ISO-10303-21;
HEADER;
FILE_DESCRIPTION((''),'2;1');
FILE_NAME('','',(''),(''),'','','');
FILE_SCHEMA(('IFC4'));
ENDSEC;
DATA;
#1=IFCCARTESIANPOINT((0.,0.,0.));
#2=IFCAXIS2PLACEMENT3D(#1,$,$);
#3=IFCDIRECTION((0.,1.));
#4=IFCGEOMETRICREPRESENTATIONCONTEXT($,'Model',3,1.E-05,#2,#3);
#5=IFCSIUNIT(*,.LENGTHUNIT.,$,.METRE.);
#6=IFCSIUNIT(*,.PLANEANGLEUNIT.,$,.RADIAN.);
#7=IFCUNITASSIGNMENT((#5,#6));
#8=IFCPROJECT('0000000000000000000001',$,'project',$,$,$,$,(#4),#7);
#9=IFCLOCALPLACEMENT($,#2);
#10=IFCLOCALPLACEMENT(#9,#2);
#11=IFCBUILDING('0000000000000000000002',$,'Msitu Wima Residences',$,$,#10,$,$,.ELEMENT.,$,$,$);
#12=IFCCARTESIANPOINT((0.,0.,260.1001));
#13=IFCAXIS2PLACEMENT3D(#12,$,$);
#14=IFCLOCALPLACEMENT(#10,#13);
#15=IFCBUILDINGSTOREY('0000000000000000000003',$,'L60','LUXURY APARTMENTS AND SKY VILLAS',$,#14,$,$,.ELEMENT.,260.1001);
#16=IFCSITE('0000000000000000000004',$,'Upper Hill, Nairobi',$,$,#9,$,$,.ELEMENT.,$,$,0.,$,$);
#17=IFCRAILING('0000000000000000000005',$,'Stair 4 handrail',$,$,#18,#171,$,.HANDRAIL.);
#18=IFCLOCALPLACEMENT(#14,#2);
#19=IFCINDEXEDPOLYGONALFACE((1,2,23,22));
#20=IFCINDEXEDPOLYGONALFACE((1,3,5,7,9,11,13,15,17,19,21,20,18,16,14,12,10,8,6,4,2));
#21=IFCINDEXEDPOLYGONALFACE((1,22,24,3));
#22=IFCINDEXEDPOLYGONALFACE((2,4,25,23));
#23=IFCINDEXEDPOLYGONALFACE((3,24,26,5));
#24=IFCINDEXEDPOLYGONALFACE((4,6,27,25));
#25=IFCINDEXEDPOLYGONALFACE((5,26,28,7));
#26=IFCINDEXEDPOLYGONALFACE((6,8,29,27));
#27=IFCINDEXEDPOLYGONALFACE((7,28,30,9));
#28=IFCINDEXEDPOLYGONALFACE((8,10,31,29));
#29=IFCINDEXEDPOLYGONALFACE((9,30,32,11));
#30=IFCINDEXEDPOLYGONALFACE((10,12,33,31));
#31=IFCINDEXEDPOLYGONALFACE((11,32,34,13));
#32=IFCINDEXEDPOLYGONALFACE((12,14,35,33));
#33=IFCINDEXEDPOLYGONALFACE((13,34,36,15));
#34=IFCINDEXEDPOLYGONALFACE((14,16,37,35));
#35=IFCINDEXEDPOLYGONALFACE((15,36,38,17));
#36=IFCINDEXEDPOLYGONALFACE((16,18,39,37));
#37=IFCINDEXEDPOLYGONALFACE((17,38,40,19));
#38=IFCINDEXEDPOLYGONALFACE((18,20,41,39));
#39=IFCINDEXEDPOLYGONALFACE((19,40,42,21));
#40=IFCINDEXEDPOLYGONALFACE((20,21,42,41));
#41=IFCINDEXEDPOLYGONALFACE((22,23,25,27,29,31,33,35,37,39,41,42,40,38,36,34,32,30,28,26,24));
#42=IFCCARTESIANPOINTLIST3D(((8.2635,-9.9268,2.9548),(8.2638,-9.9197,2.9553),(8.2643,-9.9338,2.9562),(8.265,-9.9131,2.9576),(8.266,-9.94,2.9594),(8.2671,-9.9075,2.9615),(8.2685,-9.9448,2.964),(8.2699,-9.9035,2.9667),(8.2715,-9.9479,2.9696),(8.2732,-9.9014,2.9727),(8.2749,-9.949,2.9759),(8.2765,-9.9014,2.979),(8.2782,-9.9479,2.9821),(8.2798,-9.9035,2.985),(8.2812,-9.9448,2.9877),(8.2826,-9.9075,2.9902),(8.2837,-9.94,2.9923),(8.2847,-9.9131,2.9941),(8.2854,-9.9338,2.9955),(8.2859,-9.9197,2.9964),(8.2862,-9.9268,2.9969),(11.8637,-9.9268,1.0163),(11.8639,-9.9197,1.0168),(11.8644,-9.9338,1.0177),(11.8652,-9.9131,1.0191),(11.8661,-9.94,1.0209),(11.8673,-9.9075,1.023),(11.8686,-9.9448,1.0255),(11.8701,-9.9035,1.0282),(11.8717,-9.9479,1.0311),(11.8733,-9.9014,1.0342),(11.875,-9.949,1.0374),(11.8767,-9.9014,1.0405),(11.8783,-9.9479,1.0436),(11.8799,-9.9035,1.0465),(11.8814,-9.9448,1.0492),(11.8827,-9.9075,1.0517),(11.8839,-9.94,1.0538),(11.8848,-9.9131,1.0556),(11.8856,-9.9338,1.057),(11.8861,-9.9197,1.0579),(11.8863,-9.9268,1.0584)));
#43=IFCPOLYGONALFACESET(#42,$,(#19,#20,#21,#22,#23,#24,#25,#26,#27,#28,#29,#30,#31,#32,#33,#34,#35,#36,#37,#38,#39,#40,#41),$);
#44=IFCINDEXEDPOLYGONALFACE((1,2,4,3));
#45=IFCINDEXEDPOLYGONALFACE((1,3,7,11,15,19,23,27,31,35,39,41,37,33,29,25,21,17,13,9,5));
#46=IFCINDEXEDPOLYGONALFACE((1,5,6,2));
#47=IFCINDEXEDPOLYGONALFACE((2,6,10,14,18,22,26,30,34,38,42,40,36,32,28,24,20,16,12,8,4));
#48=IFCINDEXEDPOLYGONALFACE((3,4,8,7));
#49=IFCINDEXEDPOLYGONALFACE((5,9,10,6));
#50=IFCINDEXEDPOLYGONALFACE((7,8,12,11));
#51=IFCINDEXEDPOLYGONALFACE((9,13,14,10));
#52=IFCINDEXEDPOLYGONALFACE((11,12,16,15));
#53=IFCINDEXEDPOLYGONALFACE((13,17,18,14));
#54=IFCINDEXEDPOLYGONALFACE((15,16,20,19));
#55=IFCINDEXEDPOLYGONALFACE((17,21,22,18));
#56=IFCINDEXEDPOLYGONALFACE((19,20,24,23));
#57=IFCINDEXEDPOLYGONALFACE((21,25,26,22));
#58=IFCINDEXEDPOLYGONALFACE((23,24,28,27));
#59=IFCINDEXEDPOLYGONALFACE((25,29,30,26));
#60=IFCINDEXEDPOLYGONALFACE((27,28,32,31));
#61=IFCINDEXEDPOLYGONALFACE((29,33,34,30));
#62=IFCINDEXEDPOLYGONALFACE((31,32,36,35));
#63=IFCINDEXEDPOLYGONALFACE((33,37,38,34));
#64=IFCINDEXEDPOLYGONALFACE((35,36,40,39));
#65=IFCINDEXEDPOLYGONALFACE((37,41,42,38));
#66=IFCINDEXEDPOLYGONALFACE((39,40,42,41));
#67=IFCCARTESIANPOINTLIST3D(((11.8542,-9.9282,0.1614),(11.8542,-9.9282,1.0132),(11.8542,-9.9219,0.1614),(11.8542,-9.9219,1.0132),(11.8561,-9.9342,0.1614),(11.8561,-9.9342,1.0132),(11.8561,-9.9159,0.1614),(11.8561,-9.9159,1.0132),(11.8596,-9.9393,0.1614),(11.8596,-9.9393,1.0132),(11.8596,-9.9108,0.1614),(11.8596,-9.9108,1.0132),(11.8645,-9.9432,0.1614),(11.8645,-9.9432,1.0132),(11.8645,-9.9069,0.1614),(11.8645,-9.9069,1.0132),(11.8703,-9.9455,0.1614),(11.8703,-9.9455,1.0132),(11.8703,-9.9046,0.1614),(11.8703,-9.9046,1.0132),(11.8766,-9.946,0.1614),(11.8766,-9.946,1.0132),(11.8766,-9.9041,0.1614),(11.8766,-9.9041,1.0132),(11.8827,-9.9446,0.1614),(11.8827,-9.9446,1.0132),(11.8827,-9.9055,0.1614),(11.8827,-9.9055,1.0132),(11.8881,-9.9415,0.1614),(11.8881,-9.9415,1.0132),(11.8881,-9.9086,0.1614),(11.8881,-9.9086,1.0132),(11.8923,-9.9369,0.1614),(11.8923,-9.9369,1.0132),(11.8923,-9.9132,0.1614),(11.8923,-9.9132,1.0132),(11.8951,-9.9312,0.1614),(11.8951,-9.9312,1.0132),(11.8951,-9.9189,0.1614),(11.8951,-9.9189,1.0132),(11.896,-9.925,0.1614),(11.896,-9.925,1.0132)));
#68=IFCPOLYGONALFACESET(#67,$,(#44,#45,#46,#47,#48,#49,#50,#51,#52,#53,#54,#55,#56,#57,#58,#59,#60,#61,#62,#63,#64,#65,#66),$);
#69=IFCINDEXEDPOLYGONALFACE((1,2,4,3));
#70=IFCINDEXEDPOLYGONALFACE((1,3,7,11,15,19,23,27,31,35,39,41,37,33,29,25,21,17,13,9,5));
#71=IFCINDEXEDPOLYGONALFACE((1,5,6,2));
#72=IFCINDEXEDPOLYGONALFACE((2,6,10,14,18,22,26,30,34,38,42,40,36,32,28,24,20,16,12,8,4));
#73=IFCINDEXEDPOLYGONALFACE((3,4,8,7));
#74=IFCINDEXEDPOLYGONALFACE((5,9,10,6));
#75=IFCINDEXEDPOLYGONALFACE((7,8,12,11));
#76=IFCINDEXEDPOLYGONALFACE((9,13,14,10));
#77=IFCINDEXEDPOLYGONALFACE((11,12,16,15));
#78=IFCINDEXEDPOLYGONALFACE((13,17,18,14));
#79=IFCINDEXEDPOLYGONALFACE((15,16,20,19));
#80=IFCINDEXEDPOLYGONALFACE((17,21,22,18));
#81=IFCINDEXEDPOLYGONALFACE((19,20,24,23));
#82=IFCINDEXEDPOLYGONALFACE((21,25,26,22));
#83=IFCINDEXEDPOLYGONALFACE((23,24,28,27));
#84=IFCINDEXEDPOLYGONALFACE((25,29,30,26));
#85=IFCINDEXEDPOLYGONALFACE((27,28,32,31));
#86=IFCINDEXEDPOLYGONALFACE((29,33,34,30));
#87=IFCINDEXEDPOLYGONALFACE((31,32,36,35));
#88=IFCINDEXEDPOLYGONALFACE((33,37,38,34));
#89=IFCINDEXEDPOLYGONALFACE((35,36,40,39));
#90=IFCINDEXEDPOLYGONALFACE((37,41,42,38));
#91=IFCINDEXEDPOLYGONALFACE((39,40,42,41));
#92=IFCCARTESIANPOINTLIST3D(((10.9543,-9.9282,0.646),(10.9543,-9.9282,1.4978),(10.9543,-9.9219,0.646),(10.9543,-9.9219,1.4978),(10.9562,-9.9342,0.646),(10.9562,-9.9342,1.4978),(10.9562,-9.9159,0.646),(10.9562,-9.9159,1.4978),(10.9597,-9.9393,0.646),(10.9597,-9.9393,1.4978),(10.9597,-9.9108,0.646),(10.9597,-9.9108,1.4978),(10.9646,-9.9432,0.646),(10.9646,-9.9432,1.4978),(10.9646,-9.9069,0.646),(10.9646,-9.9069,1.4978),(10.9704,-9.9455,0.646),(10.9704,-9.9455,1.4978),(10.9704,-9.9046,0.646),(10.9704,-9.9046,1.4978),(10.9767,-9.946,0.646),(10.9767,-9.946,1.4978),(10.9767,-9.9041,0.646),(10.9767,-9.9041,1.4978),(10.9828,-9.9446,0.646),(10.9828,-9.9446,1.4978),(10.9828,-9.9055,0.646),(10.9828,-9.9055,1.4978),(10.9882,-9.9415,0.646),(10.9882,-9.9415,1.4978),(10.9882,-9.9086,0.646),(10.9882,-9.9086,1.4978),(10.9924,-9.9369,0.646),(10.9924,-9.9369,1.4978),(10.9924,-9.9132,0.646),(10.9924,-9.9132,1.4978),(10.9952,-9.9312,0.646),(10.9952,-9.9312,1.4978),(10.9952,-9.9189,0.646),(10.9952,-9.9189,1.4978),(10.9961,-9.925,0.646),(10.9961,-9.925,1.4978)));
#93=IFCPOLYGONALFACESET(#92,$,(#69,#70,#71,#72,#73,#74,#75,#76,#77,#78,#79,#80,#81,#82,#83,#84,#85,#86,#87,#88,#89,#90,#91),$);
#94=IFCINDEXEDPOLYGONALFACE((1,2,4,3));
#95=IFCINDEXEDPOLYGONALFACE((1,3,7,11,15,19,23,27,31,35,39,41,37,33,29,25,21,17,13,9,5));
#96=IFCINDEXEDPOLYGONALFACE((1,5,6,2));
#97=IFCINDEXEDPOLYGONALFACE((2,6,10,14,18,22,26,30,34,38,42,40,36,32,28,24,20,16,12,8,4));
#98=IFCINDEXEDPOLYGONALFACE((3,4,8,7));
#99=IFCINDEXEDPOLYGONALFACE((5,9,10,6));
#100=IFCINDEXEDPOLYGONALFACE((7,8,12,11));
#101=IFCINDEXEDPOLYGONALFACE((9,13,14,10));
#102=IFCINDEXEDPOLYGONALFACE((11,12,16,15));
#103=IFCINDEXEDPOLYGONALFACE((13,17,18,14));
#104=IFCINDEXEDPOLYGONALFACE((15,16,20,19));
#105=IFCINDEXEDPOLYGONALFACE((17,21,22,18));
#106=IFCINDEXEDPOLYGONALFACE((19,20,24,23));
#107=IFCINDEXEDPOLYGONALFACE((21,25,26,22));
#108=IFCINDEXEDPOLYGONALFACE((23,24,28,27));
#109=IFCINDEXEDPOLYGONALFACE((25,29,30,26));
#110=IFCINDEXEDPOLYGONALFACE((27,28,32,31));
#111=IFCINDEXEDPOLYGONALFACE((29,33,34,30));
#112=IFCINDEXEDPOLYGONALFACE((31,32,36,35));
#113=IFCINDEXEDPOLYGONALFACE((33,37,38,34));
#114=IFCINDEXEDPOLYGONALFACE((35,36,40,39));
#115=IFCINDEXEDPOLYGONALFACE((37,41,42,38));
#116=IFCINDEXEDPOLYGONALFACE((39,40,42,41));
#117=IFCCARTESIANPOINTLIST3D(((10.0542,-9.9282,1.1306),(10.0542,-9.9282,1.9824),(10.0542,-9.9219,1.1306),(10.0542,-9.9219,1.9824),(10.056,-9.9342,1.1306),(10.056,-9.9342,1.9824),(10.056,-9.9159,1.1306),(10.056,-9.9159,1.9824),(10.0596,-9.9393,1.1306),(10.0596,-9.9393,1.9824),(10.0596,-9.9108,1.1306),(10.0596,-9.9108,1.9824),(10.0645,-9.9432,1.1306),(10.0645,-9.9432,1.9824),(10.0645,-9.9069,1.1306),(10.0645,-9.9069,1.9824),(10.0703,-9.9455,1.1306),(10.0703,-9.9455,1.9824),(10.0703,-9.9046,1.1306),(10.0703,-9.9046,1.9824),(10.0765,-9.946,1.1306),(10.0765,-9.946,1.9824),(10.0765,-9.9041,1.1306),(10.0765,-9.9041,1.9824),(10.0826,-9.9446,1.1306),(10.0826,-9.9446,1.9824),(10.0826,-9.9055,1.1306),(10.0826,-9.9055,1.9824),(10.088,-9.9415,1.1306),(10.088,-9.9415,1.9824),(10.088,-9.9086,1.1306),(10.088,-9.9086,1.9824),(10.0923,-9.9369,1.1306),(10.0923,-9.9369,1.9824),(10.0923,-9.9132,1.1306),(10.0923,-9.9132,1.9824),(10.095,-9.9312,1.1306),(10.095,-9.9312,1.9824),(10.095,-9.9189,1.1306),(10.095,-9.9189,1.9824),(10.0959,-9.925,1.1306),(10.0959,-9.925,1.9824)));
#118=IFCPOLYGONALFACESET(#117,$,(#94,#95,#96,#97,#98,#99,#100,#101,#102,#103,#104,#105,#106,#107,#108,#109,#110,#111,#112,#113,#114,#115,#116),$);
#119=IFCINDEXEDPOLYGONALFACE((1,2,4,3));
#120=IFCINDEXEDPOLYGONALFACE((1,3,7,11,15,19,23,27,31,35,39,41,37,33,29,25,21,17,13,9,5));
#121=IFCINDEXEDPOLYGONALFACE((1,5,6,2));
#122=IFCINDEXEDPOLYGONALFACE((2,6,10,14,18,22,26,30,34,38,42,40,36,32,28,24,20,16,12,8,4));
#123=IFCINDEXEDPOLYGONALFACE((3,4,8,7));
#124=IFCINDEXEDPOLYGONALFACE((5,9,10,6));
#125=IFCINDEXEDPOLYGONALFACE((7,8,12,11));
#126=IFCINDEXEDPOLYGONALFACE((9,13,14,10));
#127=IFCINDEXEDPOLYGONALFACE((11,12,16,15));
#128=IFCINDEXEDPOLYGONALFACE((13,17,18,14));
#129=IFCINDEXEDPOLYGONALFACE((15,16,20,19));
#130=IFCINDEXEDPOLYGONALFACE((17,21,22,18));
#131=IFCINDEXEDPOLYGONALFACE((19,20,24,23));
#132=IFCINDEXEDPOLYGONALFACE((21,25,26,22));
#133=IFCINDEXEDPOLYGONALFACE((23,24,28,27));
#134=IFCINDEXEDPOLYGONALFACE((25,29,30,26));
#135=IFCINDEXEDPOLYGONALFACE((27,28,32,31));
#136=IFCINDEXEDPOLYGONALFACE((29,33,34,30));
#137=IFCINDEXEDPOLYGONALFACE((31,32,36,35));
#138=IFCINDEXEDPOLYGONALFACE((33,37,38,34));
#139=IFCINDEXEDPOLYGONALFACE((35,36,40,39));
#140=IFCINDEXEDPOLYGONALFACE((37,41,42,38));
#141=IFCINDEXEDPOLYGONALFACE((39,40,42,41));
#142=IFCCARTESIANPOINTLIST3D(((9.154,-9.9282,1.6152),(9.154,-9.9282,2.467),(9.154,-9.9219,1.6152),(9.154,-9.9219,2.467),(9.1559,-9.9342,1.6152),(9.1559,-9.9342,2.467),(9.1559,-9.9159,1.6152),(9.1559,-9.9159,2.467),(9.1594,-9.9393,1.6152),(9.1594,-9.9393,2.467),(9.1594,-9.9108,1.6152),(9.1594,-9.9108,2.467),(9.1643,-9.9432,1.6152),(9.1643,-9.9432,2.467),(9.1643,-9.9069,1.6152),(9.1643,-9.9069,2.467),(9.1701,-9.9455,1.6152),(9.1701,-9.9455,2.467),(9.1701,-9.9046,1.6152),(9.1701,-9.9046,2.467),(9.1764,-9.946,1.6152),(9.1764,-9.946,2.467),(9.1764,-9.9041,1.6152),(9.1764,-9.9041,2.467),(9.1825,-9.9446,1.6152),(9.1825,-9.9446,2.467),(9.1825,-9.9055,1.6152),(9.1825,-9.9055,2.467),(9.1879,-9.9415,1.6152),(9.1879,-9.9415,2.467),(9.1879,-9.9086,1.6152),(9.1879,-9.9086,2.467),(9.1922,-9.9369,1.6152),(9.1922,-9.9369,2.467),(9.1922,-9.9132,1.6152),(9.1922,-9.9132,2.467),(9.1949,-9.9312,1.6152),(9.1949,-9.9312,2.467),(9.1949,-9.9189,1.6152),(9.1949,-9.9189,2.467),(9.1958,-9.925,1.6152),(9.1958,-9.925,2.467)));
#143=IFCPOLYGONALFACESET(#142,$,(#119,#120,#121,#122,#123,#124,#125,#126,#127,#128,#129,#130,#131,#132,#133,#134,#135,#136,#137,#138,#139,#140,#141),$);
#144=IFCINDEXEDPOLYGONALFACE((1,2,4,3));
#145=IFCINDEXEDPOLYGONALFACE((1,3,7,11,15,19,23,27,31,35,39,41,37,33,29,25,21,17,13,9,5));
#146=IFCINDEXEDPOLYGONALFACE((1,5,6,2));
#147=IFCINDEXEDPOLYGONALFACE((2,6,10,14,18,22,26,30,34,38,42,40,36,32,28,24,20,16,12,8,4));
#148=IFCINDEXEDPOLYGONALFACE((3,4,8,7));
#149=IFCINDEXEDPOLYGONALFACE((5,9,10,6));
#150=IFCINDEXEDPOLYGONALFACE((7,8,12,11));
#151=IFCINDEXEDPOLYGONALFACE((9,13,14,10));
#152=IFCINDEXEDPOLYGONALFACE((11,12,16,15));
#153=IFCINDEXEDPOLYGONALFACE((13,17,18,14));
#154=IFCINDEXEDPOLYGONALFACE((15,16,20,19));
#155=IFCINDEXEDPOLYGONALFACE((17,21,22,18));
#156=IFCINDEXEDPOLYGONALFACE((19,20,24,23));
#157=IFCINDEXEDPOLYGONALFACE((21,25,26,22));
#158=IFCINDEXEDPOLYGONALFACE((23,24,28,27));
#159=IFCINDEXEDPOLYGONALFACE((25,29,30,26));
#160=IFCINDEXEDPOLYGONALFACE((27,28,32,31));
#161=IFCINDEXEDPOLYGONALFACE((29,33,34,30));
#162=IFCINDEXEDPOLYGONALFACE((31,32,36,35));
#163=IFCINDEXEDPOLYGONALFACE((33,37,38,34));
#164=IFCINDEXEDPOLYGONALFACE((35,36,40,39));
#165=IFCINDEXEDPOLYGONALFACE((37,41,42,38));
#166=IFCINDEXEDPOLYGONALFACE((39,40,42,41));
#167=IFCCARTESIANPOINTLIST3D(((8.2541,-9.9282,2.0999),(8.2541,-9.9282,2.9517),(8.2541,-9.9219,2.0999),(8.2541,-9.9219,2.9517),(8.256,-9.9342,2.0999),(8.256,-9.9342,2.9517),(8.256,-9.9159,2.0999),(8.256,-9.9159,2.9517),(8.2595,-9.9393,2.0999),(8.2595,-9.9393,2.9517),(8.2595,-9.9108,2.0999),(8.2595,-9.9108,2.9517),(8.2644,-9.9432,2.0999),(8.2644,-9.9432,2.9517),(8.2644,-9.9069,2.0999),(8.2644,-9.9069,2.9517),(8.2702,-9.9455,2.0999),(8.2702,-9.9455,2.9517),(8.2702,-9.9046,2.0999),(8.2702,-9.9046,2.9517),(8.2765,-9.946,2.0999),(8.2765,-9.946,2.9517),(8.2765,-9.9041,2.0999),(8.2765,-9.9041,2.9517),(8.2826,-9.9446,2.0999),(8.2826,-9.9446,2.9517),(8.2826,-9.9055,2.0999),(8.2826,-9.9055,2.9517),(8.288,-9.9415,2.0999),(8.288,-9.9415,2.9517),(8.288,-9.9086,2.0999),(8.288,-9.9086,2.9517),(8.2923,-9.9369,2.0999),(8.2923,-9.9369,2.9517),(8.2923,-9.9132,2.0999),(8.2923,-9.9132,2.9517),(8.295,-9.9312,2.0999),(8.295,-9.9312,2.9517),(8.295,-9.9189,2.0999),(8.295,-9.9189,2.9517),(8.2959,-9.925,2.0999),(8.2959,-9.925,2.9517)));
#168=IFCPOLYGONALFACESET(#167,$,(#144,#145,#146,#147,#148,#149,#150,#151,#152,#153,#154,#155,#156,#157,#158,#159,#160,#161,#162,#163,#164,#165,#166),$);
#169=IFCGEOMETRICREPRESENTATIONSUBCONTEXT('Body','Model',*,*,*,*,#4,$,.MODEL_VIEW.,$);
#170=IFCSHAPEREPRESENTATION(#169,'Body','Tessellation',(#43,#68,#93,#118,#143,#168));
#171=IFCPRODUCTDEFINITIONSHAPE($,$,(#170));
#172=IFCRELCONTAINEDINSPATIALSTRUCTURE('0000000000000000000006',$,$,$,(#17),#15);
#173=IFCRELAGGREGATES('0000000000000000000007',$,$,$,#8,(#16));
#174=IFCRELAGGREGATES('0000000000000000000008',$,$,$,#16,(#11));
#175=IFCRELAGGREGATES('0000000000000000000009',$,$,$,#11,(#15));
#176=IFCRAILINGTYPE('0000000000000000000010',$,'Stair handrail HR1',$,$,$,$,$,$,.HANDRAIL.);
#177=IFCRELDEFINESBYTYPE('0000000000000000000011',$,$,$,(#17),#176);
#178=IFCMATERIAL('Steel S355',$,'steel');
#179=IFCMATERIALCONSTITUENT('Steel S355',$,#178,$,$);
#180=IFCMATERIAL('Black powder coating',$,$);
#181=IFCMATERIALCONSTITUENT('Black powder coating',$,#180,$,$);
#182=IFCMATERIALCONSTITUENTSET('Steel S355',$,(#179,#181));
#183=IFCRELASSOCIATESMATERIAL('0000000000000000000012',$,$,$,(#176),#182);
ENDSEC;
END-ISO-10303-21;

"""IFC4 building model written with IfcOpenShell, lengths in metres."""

from ifc_helpers import new_model, si_unit, direction, frame, origin, origin_2d, place, context, subcontext, project, spatial, circle, extrude, material, constituent, constituent_set, type_object, element, save


model = new_model("IFC4")

# Units and contexts
model_context = context("Model", 3, precision=1e-05, world=origin(), true_north=direction((0.0, 1.0)))
body_context = subcontext(model_context, "Body", "Model", "MODEL_VIEW")
ifc_project = project(units=[si_unit("LENGTHUNIT", "METRE"), si_unit("PLANEANGLEUNIT", "RADIAN")], contexts=[model_context])

# Site, building, storey
site_placement = place(None, origin())
site = spatial("IfcSite", under=ifc_project, at=site_placement, Name="Upper Hill, Nairobi", CompositionType="ELEMENT", RefElevation=0.0)
building_placement = place(site_placement, origin())
building = spatial("IfcBuilding", under=site, at=building_placement, Name="Msitu Wima Residences", CompositionType="ELEMENT")
storey_placement = place(building_placement, frame((0.0, 0.0, 260.1001)))
storey = spatial("IfcBuildingStorey", under=building, at=storey_placement, Name="L60", Description="LUXURY APARTMENTS AND SKY VILLAS", CompositionType="ELEMENT", Elevation=260.1001)

# Railing
ifc_material_1 = material(Name="Steel S355", Category="steel")
ifc_constituent_1 = constituent(ifc_material_1, Name="Steel S355")
ifc_material_2 = material(Name="Black powder coating")
ifc_constituent_2 = constituent(ifc_material_2, Name="Black powder coating")
ifc_constituent_set = constituent_set(constituents=[ifc_constituent_1, ifc_constituent_2], Name="Steel S355")
railing_type = type_object("IfcRailingType", Name="Stair handrail HR1", PredefinedType="HANDRAIL", material=ifc_constituent_set)
for number, where, name in (
    (1, (11.875, -9.925, 0.1614), "Stair 4 handrail"),
):
    element("IfcRailing", number, at=place(storey_placement, frame(where)), inside=storey, type_object=railing_type, Name=name, PredefinedType="HANDRAIL", context=body_context, shape_type="SweptSolid", body=[
        extrude(circle(Radius=0.0239, at=origin_2d()), frame((0.0, 0.0, 0.876), z_axis=(-0.880475, 0.0, 0.474093), x_axis=(0.0, -1.0, 0.0)), (0.0, 0.0, 1.0), 4.0889),
        extrude(circle(Radius=0.021, at=origin_2d()), origin(), (0.0, 0.0, 1.0), 0.8518),
        extrude(circle(Radius=0.021, at=origin_2d()), frame((-0.8999, 0.0, 0.4846)), (0.0, 0.0, 1.0), 0.8518),
        extrude(circle(Radius=0.021, at=origin_2d()), frame((-1.8, 0.0, 0.9692)), (0.0, 0.0, 1.0), 0.8518),
        extrude(circle(Radius=0.021, at=origin_2d()), frame((-2.7002, 0.0, 1.4539)), (0.0, 0.0, 1.0), 0.8518),
        extrude(circle(Radius=0.021, at=origin_2d()), frame((-3.6001, 0.0, 1.9385)), (0.0, 0.0, 1.0), 0.8518),
    ])

save(model, "model.ifc")
